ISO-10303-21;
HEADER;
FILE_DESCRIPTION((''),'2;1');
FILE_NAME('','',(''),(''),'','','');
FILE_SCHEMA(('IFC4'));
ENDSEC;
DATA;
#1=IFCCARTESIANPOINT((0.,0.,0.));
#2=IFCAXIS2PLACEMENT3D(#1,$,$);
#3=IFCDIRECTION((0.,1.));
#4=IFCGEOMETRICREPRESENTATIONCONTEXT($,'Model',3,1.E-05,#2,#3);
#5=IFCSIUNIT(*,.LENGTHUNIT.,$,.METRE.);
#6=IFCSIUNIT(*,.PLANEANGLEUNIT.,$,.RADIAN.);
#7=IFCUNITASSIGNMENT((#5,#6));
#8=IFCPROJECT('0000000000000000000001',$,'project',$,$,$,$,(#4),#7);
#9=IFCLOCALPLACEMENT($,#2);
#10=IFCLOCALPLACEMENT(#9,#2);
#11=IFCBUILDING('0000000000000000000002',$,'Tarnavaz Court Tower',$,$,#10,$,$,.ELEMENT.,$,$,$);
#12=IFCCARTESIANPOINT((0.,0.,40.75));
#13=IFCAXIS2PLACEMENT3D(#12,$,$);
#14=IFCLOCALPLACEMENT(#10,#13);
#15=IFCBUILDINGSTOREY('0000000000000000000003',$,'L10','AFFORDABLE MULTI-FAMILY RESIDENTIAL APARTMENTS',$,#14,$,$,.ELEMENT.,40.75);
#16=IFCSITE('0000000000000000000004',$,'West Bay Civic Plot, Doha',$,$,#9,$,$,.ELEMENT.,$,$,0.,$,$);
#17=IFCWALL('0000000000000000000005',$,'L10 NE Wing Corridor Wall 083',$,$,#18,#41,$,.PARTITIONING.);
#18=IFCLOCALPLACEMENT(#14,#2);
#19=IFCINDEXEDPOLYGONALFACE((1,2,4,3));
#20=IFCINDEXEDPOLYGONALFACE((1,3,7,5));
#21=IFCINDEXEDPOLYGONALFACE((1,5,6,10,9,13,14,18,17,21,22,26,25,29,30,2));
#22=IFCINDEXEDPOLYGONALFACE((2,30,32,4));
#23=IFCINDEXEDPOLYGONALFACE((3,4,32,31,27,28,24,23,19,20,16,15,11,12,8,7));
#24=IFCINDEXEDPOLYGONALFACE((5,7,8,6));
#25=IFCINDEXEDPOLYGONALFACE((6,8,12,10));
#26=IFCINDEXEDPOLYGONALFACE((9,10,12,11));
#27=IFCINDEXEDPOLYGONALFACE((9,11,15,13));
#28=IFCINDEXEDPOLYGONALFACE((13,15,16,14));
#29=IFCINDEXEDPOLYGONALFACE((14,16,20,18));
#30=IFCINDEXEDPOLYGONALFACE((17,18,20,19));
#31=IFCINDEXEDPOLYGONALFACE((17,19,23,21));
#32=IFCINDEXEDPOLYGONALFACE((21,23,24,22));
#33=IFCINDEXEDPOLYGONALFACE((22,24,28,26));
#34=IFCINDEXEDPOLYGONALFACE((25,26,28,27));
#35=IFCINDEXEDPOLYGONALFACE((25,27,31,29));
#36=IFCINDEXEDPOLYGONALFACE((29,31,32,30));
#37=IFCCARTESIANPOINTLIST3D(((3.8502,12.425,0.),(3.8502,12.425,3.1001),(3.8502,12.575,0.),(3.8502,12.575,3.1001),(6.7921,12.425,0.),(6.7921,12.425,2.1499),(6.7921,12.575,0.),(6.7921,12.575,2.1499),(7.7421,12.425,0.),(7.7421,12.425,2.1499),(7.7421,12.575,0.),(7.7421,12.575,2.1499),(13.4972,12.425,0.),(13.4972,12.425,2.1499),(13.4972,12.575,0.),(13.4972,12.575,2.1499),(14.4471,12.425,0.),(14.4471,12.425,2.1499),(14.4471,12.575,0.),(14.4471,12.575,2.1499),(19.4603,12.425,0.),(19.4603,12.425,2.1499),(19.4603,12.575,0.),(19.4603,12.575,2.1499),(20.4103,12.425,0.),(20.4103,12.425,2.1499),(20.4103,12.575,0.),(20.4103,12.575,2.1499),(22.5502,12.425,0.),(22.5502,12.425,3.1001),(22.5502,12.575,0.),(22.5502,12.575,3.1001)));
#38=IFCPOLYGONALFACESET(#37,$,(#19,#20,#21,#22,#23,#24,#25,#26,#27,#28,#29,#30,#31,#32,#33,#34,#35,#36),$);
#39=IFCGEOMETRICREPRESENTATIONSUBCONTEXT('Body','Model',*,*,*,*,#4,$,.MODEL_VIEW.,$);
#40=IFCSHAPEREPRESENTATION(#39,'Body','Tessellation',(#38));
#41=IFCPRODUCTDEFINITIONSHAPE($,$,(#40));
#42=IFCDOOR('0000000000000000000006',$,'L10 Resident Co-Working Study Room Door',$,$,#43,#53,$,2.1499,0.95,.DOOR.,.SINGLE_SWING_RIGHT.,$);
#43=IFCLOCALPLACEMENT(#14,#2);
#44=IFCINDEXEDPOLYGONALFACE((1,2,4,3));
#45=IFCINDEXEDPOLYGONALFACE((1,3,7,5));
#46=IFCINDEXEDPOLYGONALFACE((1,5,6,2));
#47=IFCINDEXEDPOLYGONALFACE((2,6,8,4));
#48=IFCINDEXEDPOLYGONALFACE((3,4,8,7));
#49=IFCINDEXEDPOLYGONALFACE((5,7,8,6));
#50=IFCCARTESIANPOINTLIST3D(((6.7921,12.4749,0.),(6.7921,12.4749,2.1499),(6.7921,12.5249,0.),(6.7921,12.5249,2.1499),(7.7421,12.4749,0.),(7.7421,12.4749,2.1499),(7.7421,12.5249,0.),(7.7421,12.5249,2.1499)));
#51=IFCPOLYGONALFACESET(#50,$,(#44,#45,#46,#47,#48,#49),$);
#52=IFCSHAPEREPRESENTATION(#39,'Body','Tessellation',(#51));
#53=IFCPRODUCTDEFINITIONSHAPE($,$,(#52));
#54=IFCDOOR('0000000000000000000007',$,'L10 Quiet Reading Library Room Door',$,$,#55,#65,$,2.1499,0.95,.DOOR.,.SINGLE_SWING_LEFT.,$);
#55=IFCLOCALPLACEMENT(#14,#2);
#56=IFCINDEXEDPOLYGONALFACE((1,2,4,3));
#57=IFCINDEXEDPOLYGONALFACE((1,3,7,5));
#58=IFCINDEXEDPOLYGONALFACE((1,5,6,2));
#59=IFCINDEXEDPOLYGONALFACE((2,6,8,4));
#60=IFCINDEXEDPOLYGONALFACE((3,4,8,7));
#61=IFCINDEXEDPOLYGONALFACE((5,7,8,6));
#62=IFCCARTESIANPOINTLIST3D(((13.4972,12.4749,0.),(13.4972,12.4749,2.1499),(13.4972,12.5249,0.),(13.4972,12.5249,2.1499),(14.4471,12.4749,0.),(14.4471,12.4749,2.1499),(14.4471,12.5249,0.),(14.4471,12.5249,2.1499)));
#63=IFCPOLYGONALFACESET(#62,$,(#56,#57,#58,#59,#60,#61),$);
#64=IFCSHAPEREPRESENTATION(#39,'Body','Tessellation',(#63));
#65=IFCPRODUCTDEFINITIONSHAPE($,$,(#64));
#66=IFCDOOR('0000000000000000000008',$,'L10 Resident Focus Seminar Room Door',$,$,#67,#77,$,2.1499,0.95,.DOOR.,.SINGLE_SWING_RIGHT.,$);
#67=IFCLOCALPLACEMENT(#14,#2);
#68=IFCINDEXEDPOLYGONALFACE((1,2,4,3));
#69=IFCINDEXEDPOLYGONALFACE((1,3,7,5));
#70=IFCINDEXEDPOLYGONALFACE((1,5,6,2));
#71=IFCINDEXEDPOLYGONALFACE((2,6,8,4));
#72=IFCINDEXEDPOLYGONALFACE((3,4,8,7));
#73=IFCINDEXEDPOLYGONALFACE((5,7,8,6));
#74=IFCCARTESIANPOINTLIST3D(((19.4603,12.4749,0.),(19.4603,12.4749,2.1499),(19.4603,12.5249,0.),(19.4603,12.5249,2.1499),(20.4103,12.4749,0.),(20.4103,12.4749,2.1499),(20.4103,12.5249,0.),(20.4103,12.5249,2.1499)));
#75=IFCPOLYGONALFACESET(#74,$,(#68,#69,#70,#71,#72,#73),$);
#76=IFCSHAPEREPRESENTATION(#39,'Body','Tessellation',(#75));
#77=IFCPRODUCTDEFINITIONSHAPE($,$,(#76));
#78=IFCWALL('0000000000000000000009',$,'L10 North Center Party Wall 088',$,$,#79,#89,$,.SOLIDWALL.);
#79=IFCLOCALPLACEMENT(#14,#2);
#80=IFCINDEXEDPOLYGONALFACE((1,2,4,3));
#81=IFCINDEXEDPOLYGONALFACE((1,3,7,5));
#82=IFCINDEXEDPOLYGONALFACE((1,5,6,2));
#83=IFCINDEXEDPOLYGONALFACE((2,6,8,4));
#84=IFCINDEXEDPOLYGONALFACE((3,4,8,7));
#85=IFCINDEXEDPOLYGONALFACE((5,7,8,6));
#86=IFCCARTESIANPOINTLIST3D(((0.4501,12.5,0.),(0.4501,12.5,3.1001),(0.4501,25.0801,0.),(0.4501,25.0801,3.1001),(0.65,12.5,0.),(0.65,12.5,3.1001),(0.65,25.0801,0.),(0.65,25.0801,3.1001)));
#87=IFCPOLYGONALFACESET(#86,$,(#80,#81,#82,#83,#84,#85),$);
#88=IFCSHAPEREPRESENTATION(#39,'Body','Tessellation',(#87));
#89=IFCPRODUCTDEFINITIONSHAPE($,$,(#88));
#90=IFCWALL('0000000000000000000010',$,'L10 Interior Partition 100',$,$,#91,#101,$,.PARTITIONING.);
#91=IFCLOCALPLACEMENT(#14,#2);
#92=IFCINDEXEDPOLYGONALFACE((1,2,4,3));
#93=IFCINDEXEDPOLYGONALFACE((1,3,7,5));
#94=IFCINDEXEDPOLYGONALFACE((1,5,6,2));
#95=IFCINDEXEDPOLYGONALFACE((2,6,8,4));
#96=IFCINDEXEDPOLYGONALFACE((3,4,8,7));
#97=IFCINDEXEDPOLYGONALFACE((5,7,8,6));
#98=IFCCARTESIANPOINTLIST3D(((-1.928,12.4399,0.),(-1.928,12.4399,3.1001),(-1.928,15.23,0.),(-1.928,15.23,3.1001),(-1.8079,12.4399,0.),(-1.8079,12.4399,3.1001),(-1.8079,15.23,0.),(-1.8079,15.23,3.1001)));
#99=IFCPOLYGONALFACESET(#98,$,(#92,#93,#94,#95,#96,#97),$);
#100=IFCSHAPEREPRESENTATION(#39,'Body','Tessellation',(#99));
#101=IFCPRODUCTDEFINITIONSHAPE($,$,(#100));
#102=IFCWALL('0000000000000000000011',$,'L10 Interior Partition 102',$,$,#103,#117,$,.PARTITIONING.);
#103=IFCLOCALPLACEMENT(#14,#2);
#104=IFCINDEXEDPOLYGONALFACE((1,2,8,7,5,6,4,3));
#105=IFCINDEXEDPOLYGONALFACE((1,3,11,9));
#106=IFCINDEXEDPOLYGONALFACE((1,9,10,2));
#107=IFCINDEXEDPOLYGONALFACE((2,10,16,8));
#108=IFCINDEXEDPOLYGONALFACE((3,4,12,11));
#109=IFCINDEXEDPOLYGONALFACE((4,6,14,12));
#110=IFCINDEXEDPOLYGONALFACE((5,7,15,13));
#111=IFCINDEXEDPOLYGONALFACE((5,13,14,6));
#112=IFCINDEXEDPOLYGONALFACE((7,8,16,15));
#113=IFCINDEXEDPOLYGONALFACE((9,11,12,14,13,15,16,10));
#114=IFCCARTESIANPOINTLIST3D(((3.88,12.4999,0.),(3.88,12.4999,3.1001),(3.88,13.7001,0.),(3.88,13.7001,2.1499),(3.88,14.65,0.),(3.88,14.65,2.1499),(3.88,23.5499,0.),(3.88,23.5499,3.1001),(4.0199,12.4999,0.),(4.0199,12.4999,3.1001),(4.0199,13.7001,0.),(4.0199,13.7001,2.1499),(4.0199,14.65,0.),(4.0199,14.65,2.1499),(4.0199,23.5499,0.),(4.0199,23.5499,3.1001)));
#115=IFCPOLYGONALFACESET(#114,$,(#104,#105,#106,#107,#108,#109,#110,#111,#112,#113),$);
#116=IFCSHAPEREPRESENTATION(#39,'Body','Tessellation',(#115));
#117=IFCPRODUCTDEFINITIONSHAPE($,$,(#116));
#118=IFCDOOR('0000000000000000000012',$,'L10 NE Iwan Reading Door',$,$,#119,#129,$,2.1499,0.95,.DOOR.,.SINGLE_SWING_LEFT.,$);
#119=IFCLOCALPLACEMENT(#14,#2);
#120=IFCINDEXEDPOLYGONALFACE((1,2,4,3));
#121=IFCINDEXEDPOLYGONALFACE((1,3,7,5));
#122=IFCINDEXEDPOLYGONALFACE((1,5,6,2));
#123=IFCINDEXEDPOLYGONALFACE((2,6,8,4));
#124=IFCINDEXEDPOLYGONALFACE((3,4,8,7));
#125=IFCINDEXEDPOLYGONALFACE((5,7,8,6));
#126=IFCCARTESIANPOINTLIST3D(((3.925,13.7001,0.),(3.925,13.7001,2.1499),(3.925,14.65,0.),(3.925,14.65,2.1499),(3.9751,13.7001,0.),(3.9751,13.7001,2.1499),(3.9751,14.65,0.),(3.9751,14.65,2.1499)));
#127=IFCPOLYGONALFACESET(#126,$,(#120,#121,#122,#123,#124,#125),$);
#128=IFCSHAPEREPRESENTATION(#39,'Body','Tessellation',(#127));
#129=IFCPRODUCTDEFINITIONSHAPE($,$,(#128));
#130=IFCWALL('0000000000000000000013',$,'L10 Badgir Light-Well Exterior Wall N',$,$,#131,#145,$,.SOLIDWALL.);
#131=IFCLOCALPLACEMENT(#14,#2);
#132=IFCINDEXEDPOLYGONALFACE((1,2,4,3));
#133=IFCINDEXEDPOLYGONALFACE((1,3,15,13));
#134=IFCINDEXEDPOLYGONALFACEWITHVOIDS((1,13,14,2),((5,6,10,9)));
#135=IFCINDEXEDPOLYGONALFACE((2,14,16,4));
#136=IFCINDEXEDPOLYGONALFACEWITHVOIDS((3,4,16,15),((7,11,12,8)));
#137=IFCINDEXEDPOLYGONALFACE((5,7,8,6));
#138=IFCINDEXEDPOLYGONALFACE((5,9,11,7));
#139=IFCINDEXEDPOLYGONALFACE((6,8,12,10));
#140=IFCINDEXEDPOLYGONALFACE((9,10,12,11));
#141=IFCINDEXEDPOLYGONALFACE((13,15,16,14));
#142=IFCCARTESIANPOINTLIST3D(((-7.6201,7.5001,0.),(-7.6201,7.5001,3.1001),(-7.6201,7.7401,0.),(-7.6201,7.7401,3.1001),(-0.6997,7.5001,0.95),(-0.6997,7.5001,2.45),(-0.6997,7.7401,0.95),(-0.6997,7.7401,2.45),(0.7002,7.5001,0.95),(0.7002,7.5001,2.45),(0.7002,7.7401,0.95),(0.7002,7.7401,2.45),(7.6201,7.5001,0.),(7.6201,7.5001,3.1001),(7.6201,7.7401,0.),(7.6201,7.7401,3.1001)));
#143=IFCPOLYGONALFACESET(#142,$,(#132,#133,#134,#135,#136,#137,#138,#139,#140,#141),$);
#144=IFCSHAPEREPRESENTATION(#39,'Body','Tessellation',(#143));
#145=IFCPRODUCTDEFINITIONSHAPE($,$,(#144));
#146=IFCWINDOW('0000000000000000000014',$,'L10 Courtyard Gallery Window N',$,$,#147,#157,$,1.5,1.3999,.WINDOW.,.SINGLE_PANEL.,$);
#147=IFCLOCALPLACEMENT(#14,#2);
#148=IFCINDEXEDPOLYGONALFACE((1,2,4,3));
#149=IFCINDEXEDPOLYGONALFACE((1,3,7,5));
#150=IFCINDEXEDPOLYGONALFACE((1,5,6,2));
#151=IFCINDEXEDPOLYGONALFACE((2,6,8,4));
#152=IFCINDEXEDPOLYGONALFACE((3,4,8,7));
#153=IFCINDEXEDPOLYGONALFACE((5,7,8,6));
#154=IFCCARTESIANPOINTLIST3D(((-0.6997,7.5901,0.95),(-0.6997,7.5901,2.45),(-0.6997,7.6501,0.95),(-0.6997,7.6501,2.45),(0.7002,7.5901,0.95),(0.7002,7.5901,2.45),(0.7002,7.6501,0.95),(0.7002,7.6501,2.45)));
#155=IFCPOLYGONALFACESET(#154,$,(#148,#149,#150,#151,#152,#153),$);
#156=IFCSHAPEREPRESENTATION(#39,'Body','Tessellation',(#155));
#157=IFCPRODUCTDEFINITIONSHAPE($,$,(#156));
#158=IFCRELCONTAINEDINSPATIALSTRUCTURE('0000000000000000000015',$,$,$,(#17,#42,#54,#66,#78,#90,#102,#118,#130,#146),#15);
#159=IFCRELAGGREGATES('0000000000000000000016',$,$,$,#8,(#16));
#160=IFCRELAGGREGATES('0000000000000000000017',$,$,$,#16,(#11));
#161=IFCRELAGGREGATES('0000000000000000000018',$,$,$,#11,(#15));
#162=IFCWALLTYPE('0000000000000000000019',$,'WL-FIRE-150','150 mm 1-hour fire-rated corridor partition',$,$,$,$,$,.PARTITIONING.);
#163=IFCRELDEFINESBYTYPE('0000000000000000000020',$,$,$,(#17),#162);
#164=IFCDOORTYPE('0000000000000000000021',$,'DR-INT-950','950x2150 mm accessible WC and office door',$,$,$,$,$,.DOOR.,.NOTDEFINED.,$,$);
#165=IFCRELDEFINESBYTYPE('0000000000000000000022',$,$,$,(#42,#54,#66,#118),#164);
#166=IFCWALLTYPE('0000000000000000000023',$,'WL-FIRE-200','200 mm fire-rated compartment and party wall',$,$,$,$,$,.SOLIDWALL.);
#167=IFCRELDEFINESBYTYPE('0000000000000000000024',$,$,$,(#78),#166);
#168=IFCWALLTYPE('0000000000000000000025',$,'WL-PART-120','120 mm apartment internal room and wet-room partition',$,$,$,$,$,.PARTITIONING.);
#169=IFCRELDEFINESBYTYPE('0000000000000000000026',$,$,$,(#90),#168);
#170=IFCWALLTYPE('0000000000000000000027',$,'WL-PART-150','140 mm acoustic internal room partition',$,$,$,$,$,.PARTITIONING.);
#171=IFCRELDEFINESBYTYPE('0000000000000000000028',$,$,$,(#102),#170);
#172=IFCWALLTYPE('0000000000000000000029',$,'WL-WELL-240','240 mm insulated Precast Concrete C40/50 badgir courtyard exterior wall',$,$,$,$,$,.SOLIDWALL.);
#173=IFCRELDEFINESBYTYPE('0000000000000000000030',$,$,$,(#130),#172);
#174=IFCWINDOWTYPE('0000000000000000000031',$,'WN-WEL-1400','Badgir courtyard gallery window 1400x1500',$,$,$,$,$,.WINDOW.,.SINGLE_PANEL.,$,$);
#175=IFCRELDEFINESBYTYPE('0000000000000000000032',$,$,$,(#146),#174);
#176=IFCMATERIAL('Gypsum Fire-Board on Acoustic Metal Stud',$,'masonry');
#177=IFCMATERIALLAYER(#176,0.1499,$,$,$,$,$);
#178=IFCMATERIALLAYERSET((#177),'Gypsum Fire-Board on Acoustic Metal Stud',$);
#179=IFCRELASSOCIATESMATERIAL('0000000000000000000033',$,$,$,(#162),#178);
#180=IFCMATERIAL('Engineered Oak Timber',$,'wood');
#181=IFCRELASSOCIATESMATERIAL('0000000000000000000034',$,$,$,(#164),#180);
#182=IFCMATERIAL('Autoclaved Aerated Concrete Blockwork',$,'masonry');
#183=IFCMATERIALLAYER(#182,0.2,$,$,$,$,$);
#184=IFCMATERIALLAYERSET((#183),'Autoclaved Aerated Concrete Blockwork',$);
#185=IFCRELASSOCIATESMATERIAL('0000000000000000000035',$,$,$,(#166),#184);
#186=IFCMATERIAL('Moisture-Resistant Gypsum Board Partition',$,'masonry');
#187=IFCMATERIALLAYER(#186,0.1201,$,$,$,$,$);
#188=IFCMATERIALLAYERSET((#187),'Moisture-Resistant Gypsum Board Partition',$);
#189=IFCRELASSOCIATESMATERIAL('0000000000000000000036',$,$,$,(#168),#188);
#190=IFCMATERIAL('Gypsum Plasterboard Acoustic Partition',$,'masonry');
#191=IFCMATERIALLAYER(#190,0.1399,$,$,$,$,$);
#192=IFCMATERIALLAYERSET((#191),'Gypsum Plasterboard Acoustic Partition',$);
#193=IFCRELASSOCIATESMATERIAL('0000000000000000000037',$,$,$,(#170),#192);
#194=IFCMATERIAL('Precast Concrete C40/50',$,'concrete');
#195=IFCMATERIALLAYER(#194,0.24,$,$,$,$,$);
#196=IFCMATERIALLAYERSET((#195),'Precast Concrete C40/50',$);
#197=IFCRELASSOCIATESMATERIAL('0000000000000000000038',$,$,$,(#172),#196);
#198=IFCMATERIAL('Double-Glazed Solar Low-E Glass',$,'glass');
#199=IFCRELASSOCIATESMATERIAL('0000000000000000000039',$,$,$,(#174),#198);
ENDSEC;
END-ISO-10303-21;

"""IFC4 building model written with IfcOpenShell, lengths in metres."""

from ifc_helpers import new_model, si_unit, direction, frame, frame_2d, origin, place, context, subcontext, project, spatial, rectangle, extrude, material, layer, layer_set, type_object, element, fill, save


model = new_model("IFC4")

# Units and contexts
model_context = context("Model", 3, precision=1e-05, world=origin(), true_north=direction((0.0, 1.0)))
body_context = subcontext(model_context, "Body", "Model", "MODEL_VIEW")
ifc_project = project(units=[si_unit("LENGTHUNIT", "METRE"), si_unit("PLANEANGLEUNIT", "RADIAN")], contexts=[model_context])

# Site, building, storey
site_placement = place(None, origin())
site = spatial("IfcSite", under=ifc_project, at=site_placement, Name="West Bay Civic Plot, Doha", CompositionType="ELEMENT", RefElevation=0.0)
building_placement = place(site_placement, origin())
building = spatial("IfcBuilding", under=site, at=building_placement, Name="Tarnavaz Court Tower", CompositionType="ELEMENT")
storey_placement = place(building_placement, frame((0.0, 0.0, 40.75)))
storey = spatial("IfcBuildingStorey", under=building, at=storey_placement, Name="L10", Description="AFFORDABLE MULTI-FAMILY RESIDENTIAL APARTMENTS", CompositionType="ELEMENT", Elevation=40.75)

# Wall, openings, doors
ifc_material_1 = material(Name="Gypsum Fire-Board on Acoustic Metal Stud", Category="masonry")
ifc_layer_1 = layer(ifc_material_1, 0.1499)
ifc_layer_set_1 = layer_set([ifc_layer_1], Name="Gypsum Fire-Board on Acoustic Metal Stud")
wall_type_1 = type_object("IfcWallType", Name="WL-FIRE-150", Description="150 mm 1-hour fire-rated corridor partition", PredefinedType="PARTITIONING", material=ifc_layer_set_1)
wall_1_placement = place(storey_placement, frame((3.8501, 12.5, 0.0), z_axis=(0.0, 0.0, 1.0), x_axis=(1.0, 0.0, 0.0)))
wall_1 = element("IfcWall", 1, at=wall_1_placement, inside=storey, type_object=wall_type_1, Name="L10 NE Wing Corridor Wall 083", PredefinedType="PARTITIONING", context=body_context, shape_type="SweptSolid", body=[
    extrude(rectangle(XDim=18.7, YDim=0.1499, at=frame_2d((9.3501, 0.0))), origin(), (0.0, 0.0, 1.0), 3.1001),
])
opening_1_placement = place(wall_1_placement, frame((2.9419, 0.0, 0.0)))
opening_1 = element("IfcOpeningElement", 2, at=opening_1_placement, cuts=wall_1, PredefinedType="OPENING", context=body_context, shape_type="SweptSolid", body=[
    extrude(rectangle(XDim=0.95, YDim=2.1499, at=frame_2d((0.4751, 1.075))), frame((0.0, 0.085, 0.0), z_axis=(0.0, -1.0, 0.0), x_axis=(1.0, 0.0, 0.0)), (0.0, 0.0, 1.0), 0.1699),
])
opening_2_placement = place(wall_1_placement, frame((9.647, 0.0, 0.0)))
opening_2 = element("IfcOpeningElement", 3, at=opening_2_placement, cuts=wall_1, PredefinedType="OPENING", context=body_context, shape_type="SweptSolid", body=[
    extrude(rectangle(XDim=0.95, YDim=2.1499, at=frame_2d((0.4751, 1.075))), frame((0.0, 0.085, 0.0), z_axis=(0.0, -1.0, 0.0), x_axis=(1.0, 0.0, 0.0)), (0.0, 0.0, 1.0), 0.1699),
])
opening_3_placement = place(wall_1_placement, frame((15.6101, 0.0, 0.0)))
opening_3 = element("IfcOpeningElement", 4, at=opening_3_placement, cuts=wall_1, PredefinedType="OPENING", context=body_context, shape_type="SweptSolid", body=[
    extrude(rectangle(XDim=0.95, YDim=2.1499, at=frame_2d((0.4751, 1.075))), frame((0.0, 0.085, 0.0), z_axis=(0.0, -1.0, 0.0), x_axis=(1.0, 0.0, 0.0)), (0.0, 0.0, 1.0), 0.1699),
])
ifc_material_2 = material(Name="Engineered Oak Timber", Category="wood")
door_type_1 = type_object("IfcDoorType", Name="DR-INT-950", Description="950x2150 mm accessible WC and office door", OperationType="NOTDEFINED", PredefinedType="DOOR", material=ifc_material_2)
door_1_placement = place(opening_1_placement, origin())
door_1 = element("IfcDoor", 5, at=door_1_placement, inside=storey, type_object=door_type_1, Name="L10 Resident Co-Working Study Room Door", OperationType="SINGLE_SWING_RIGHT", OverallHeight=2.1499, OverallWidth=0.95, PredefinedType="DOOR", context=body_context, shape_type="SweptSolid", body=[
    extrude(rectangle(XDim=0.95, YDim=2.1499, at=frame_2d((0.4751, 1.075))), frame((0.0, 0.0249, 0.0), z_axis=(0.0, -1.0, 0.0), x_axis=(1.0, 0.0, 0.0)), (0.0, 0.0, 1.0), 0.05),
])
fill(opening_1, door_1)
door_2_placement = place(opening_2_placement, origin())
door_2 = element("IfcDoor", 6, at=door_2_placement, inside=storey, type_object=door_type_1, Name="L10 Quiet Reading Library Room Door", OperationType="SINGLE_SWING_LEFT", OverallHeight=2.1499, OverallWidth=0.95, PredefinedType="DOOR", context=body_context, shape_type="SweptSolid", body=[
    extrude(rectangle(XDim=0.95, YDim=2.1499, at=frame_2d((0.4751, 1.075))), frame((0.0, 0.0249, 0.0), z_axis=(0.0, -1.0, 0.0), x_axis=(1.0, 0.0, 0.0)), (0.0, 0.0, 1.0), 0.05),
])
fill(opening_2, door_2)
door_3_placement = place(opening_3_placement, origin())
door_3 = element("IfcDoor", 7, at=door_3_placement, inside=storey, type_object=door_type_1, Name="L10 Resident Focus Seminar Room Door", OperationType="SINGLE_SWING_RIGHT", OverallHeight=2.1499, OverallWidth=0.95, PredefinedType="DOOR", context=body_context, shape_type="SweptSolid", body=[
    extrude(rectangle(XDim=0.95, YDim=2.1499, at=frame_2d((0.4751, 1.075))), frame((0.0, 0.0249, 0.0), z_axis=(0.0, -1.0, 0.0), x_axis=(1.0, 0.0, 0.0)), (0.0, 0.0, 1.0), 0.05),
])
fill(opening_3, door_3)

# Walls
ifc_material_3 = material(Name="Autoclaved Aerated Concrete Blockwork", Category="masonry")
ifc_layer_2 = layer(ifc_material_3, 0.2)
ifc_layer_set_2 = layer_set([ifc_layer_2], Name="Autoclaved Aerated Concrete Blockwork")
wall_type_2 = type_object("IfcWallType", Name="WL-FIRE-200", Description="200 mm fire-rated compartment and party wall", PredefinedType="SOLIDWALL", material=ifc_layer_set_2)
wall_2_placement = place(storey_placement, frame((0.55, 12.5, 0.0), z_axis=(0.0, 0.0, 1.0), x_axis=(0.0, 1.0, 0.0)))
element("IfcWall", 8, at=wall_2_placement, inside=storey, type_object=wall_type_2, Name="L10 North Center Party Wall 088", PredefinedType="SOLIDWALL", context=body_context, shape_type="SweptSolid", body=[
    extrude(rectangle(XDim=12.5801, YDim=0.2, at=frame_2d((6.29, 0.0))), origin(), (0.0, 0.0, 1.0), 3.1001),
])
ifc_material_4 = material(Name="Moisture-Resistant Gypsum Board Partition", Category="masonry")
ifc_layer_3 = layer(ifc_material_4, 0.1201)
ifc_layer_set_3 = layer_set([ifc_layer_3], Name="Moisture-Resistant Gypsum Board Partition")
wall_type_3 = type_object("IfcWallType", Name="WL-PART-120", Description="120 mm apartment internal room and wet-room partition", PredefinedType="PARTITIONING", material=ifc_layer_set_3)
wall_3_placement = place(storey_placement, frame((-1.8679, 12.4399, 0.0), z_axis=(0.0, 0.0, 1.0), x_axis=(0.0, 1.0, 0.0)))
element("IfcWall", 9, at=wall_3_placement, inside=storey, type_object=wall_type_3, Name="L10 Interior Partition 100", PredefinedType="PARTITIONING", context=body_context, shape_type="SweptSolid", body=[
    extrude(rectangle(XDim=2.79, YDim=0.1201, at=frame_2d((1.395, 0.0))), origin(), (0.0, 0.0, 1.0), 3.1001),
])

# Wall, opening, door
ifc_material_5 = material(Name="Gypsum Plasterboard Acoustic Partition", Category="masonry")
ifc_layer_4 = layer(ifc_material_5, 0.1399)
ifc_layer_set_4 = layer_set([ifc_layer_4], Name="Gypsum Plasterboard Acoustic Partition")
wall_type_4 = type_object("IfcWallType", Name="WL-PART-150", Description="140 mm acoustic internal room partition", PredefinedType="PARTITIONING", material=ifc_layer_set_4)
wall_4_placement = place(storey_placement, frame((3.95, 12.5, 0.0), z_axis=(0.0, 0.0, 1.0), x_axis=(0.0, 1.0, 0.0)))
wall_4 = element("IfcWall", 10, at=wall_4_placement, inside=storey, type_object=wall_type_4, Name="L10 Interior Partition 102", PredefinedType="PARTITIONING", context=body_context, shape_type="SweptSolid", body=[
    extrude(rectangle(XDim=11.05, YDim=0.1399, at=frame_2d((5.5249, 0.0))), origin(), (0.0, 0.0, 1.0), 3.1001),
])
opening_4_placement = place(wall_4_placement, frame((1.2, 0.0, 0.0)))
opening_4 = element("IfcOpeningElement", 11, at=opening_4_placement, cuts=wall_4, PredefinedType="OPENING", context=body_context, shape_type="SweptSolid", body=[
    extrude(rectangle(XDim=0.95, YDim=2.1499, at=frame_2d((0.4751, 1.075))), frame((0.0, 0.0798, 0.0), z_axis=(0.0, -1.0, 0.0), x_axis=(1.0, 0.0, 0.0)), (0.0, 0.0, 1.0), 0.1599),
])
door_4_placement = place(opening_4_placement, origin())
door_4 = element("IfcDoor", 12, at=door_4_placement, inside=storey, type_object=door_type_1, Name="L10 NE Iwan Reading Door", OperationType="SINGLE_SWING_LEFT", OverallHeight=2.1499, OverallWidth=0.95, PredefinedType="DOOR", context=body_context, shape_type="SweptSolid", body=[
    extrude(rectangle(XDim=0.95, YDim=2.1499, at=frame_2d((0.4751, 1.075))), frame((0.0, 0.0249, 0.0), z_axis=(0.0, -1.0, 0.0), x_axis=(1.0, 0.0, 0.0)), (0.0, 0.0, 1.0), 0.05),
])
fill(opening_4, door_4)

# Wall, opening, window
ifc_material_6 = material(Name="Precast Concrete C40/50", Category="concrete")
ifc_layer_5 = layer(ifc_material_6, 0.24)
ifc_layer_set_5 = layer_set([ifc_layer_5], Name="Precast Concrete C40/50")
wall_type_5 = type_object("IfcWallType", Name="WL-WELL-240", Description="240 mm insulated Precast Concrete C40/50 badgir courtyard exterior wall", PredefinedType="SOLIDWALL", material=ifc_layer_set_5)
wall_5_placement = place(storey_placement, frame((7.6201, 7.6201, 0.0), z_axis=(0.0, 0.0, 1.0), x_axis=(-1.0, 0.0, 0.0)))
wall_5 = element("IfcWall", 13, at=wall_5_placement, inside=storey, type_object=wall_type_5, Name="L10 Badgir Light-Well Exterior Wall N", PredefinedType="SOLIDWALL", context=body_context, shape_type="SweptSolid", body=[
    extrude(rectangle(XDim=15.2402, YDim=0.24, at=frame_2d((7.6201, 0.0))), origin(), (0.0, 0.0, 1.0), 3.1001),
])
opening_5_placement = place(wall_5_placement, frame((6.9199, 0.0, 0.95)))
opening_5 = element("IfcOpeningElement", 14, at=opening_5_placement, cuts=wall_5, PredefinedType="OPENING", context=body_context, shape_type="SweptSolid", body=[
    extrude(rectangle(XDim=1.3999, YDim=1.5, at=frame_2d((0.7, 0.75))), frame((0.0, 0.1299, 0.0), z_axis=(0.0, -1.0, 0.0), x_axis=(1.0, 0.0, 0.0)), (0.0, 0.0, 1.0), 0.26),
])
ifc_material_7 = material(Name="Double-Glazed Solar Low-E Glass", Category="glass")
window_type = type_object("IfcWindowType", Name="WN-WEL-1400", Description="Badgir courtyard gallery window 1400x1500", PartitioningType="SINGLE_PANEL", PredefinedType="WINDOW", material=ifc_material_7)
window_placement = place(opening_5_placement, origin())
window = element("IfcWindow", 15, at=window_placement, inside=storey, type_object=window_type, Name="L10 Courtyard Gallery Window N", OverallHeight=1.5, OverallWidth=1.3999, PartitioningType="SINGLE_PANEL", PredefinedType="WINDOW", context=body_context, shape_type="SweptSolid", body=[
    extrude(rectangle(XDim=1.3999, YDim=1.5, at=frame_2d((0.7, 0.75))), frame((0.0, 0.03, 0.0), z_axis=(0.0, -1.0, 0.0), x_axis=(1.0, 0.0, 0.0)), (0.0, 0.0, 1.0), 0.0601),
])
fill(opening_5, window)

save(model, "model.ifc")
